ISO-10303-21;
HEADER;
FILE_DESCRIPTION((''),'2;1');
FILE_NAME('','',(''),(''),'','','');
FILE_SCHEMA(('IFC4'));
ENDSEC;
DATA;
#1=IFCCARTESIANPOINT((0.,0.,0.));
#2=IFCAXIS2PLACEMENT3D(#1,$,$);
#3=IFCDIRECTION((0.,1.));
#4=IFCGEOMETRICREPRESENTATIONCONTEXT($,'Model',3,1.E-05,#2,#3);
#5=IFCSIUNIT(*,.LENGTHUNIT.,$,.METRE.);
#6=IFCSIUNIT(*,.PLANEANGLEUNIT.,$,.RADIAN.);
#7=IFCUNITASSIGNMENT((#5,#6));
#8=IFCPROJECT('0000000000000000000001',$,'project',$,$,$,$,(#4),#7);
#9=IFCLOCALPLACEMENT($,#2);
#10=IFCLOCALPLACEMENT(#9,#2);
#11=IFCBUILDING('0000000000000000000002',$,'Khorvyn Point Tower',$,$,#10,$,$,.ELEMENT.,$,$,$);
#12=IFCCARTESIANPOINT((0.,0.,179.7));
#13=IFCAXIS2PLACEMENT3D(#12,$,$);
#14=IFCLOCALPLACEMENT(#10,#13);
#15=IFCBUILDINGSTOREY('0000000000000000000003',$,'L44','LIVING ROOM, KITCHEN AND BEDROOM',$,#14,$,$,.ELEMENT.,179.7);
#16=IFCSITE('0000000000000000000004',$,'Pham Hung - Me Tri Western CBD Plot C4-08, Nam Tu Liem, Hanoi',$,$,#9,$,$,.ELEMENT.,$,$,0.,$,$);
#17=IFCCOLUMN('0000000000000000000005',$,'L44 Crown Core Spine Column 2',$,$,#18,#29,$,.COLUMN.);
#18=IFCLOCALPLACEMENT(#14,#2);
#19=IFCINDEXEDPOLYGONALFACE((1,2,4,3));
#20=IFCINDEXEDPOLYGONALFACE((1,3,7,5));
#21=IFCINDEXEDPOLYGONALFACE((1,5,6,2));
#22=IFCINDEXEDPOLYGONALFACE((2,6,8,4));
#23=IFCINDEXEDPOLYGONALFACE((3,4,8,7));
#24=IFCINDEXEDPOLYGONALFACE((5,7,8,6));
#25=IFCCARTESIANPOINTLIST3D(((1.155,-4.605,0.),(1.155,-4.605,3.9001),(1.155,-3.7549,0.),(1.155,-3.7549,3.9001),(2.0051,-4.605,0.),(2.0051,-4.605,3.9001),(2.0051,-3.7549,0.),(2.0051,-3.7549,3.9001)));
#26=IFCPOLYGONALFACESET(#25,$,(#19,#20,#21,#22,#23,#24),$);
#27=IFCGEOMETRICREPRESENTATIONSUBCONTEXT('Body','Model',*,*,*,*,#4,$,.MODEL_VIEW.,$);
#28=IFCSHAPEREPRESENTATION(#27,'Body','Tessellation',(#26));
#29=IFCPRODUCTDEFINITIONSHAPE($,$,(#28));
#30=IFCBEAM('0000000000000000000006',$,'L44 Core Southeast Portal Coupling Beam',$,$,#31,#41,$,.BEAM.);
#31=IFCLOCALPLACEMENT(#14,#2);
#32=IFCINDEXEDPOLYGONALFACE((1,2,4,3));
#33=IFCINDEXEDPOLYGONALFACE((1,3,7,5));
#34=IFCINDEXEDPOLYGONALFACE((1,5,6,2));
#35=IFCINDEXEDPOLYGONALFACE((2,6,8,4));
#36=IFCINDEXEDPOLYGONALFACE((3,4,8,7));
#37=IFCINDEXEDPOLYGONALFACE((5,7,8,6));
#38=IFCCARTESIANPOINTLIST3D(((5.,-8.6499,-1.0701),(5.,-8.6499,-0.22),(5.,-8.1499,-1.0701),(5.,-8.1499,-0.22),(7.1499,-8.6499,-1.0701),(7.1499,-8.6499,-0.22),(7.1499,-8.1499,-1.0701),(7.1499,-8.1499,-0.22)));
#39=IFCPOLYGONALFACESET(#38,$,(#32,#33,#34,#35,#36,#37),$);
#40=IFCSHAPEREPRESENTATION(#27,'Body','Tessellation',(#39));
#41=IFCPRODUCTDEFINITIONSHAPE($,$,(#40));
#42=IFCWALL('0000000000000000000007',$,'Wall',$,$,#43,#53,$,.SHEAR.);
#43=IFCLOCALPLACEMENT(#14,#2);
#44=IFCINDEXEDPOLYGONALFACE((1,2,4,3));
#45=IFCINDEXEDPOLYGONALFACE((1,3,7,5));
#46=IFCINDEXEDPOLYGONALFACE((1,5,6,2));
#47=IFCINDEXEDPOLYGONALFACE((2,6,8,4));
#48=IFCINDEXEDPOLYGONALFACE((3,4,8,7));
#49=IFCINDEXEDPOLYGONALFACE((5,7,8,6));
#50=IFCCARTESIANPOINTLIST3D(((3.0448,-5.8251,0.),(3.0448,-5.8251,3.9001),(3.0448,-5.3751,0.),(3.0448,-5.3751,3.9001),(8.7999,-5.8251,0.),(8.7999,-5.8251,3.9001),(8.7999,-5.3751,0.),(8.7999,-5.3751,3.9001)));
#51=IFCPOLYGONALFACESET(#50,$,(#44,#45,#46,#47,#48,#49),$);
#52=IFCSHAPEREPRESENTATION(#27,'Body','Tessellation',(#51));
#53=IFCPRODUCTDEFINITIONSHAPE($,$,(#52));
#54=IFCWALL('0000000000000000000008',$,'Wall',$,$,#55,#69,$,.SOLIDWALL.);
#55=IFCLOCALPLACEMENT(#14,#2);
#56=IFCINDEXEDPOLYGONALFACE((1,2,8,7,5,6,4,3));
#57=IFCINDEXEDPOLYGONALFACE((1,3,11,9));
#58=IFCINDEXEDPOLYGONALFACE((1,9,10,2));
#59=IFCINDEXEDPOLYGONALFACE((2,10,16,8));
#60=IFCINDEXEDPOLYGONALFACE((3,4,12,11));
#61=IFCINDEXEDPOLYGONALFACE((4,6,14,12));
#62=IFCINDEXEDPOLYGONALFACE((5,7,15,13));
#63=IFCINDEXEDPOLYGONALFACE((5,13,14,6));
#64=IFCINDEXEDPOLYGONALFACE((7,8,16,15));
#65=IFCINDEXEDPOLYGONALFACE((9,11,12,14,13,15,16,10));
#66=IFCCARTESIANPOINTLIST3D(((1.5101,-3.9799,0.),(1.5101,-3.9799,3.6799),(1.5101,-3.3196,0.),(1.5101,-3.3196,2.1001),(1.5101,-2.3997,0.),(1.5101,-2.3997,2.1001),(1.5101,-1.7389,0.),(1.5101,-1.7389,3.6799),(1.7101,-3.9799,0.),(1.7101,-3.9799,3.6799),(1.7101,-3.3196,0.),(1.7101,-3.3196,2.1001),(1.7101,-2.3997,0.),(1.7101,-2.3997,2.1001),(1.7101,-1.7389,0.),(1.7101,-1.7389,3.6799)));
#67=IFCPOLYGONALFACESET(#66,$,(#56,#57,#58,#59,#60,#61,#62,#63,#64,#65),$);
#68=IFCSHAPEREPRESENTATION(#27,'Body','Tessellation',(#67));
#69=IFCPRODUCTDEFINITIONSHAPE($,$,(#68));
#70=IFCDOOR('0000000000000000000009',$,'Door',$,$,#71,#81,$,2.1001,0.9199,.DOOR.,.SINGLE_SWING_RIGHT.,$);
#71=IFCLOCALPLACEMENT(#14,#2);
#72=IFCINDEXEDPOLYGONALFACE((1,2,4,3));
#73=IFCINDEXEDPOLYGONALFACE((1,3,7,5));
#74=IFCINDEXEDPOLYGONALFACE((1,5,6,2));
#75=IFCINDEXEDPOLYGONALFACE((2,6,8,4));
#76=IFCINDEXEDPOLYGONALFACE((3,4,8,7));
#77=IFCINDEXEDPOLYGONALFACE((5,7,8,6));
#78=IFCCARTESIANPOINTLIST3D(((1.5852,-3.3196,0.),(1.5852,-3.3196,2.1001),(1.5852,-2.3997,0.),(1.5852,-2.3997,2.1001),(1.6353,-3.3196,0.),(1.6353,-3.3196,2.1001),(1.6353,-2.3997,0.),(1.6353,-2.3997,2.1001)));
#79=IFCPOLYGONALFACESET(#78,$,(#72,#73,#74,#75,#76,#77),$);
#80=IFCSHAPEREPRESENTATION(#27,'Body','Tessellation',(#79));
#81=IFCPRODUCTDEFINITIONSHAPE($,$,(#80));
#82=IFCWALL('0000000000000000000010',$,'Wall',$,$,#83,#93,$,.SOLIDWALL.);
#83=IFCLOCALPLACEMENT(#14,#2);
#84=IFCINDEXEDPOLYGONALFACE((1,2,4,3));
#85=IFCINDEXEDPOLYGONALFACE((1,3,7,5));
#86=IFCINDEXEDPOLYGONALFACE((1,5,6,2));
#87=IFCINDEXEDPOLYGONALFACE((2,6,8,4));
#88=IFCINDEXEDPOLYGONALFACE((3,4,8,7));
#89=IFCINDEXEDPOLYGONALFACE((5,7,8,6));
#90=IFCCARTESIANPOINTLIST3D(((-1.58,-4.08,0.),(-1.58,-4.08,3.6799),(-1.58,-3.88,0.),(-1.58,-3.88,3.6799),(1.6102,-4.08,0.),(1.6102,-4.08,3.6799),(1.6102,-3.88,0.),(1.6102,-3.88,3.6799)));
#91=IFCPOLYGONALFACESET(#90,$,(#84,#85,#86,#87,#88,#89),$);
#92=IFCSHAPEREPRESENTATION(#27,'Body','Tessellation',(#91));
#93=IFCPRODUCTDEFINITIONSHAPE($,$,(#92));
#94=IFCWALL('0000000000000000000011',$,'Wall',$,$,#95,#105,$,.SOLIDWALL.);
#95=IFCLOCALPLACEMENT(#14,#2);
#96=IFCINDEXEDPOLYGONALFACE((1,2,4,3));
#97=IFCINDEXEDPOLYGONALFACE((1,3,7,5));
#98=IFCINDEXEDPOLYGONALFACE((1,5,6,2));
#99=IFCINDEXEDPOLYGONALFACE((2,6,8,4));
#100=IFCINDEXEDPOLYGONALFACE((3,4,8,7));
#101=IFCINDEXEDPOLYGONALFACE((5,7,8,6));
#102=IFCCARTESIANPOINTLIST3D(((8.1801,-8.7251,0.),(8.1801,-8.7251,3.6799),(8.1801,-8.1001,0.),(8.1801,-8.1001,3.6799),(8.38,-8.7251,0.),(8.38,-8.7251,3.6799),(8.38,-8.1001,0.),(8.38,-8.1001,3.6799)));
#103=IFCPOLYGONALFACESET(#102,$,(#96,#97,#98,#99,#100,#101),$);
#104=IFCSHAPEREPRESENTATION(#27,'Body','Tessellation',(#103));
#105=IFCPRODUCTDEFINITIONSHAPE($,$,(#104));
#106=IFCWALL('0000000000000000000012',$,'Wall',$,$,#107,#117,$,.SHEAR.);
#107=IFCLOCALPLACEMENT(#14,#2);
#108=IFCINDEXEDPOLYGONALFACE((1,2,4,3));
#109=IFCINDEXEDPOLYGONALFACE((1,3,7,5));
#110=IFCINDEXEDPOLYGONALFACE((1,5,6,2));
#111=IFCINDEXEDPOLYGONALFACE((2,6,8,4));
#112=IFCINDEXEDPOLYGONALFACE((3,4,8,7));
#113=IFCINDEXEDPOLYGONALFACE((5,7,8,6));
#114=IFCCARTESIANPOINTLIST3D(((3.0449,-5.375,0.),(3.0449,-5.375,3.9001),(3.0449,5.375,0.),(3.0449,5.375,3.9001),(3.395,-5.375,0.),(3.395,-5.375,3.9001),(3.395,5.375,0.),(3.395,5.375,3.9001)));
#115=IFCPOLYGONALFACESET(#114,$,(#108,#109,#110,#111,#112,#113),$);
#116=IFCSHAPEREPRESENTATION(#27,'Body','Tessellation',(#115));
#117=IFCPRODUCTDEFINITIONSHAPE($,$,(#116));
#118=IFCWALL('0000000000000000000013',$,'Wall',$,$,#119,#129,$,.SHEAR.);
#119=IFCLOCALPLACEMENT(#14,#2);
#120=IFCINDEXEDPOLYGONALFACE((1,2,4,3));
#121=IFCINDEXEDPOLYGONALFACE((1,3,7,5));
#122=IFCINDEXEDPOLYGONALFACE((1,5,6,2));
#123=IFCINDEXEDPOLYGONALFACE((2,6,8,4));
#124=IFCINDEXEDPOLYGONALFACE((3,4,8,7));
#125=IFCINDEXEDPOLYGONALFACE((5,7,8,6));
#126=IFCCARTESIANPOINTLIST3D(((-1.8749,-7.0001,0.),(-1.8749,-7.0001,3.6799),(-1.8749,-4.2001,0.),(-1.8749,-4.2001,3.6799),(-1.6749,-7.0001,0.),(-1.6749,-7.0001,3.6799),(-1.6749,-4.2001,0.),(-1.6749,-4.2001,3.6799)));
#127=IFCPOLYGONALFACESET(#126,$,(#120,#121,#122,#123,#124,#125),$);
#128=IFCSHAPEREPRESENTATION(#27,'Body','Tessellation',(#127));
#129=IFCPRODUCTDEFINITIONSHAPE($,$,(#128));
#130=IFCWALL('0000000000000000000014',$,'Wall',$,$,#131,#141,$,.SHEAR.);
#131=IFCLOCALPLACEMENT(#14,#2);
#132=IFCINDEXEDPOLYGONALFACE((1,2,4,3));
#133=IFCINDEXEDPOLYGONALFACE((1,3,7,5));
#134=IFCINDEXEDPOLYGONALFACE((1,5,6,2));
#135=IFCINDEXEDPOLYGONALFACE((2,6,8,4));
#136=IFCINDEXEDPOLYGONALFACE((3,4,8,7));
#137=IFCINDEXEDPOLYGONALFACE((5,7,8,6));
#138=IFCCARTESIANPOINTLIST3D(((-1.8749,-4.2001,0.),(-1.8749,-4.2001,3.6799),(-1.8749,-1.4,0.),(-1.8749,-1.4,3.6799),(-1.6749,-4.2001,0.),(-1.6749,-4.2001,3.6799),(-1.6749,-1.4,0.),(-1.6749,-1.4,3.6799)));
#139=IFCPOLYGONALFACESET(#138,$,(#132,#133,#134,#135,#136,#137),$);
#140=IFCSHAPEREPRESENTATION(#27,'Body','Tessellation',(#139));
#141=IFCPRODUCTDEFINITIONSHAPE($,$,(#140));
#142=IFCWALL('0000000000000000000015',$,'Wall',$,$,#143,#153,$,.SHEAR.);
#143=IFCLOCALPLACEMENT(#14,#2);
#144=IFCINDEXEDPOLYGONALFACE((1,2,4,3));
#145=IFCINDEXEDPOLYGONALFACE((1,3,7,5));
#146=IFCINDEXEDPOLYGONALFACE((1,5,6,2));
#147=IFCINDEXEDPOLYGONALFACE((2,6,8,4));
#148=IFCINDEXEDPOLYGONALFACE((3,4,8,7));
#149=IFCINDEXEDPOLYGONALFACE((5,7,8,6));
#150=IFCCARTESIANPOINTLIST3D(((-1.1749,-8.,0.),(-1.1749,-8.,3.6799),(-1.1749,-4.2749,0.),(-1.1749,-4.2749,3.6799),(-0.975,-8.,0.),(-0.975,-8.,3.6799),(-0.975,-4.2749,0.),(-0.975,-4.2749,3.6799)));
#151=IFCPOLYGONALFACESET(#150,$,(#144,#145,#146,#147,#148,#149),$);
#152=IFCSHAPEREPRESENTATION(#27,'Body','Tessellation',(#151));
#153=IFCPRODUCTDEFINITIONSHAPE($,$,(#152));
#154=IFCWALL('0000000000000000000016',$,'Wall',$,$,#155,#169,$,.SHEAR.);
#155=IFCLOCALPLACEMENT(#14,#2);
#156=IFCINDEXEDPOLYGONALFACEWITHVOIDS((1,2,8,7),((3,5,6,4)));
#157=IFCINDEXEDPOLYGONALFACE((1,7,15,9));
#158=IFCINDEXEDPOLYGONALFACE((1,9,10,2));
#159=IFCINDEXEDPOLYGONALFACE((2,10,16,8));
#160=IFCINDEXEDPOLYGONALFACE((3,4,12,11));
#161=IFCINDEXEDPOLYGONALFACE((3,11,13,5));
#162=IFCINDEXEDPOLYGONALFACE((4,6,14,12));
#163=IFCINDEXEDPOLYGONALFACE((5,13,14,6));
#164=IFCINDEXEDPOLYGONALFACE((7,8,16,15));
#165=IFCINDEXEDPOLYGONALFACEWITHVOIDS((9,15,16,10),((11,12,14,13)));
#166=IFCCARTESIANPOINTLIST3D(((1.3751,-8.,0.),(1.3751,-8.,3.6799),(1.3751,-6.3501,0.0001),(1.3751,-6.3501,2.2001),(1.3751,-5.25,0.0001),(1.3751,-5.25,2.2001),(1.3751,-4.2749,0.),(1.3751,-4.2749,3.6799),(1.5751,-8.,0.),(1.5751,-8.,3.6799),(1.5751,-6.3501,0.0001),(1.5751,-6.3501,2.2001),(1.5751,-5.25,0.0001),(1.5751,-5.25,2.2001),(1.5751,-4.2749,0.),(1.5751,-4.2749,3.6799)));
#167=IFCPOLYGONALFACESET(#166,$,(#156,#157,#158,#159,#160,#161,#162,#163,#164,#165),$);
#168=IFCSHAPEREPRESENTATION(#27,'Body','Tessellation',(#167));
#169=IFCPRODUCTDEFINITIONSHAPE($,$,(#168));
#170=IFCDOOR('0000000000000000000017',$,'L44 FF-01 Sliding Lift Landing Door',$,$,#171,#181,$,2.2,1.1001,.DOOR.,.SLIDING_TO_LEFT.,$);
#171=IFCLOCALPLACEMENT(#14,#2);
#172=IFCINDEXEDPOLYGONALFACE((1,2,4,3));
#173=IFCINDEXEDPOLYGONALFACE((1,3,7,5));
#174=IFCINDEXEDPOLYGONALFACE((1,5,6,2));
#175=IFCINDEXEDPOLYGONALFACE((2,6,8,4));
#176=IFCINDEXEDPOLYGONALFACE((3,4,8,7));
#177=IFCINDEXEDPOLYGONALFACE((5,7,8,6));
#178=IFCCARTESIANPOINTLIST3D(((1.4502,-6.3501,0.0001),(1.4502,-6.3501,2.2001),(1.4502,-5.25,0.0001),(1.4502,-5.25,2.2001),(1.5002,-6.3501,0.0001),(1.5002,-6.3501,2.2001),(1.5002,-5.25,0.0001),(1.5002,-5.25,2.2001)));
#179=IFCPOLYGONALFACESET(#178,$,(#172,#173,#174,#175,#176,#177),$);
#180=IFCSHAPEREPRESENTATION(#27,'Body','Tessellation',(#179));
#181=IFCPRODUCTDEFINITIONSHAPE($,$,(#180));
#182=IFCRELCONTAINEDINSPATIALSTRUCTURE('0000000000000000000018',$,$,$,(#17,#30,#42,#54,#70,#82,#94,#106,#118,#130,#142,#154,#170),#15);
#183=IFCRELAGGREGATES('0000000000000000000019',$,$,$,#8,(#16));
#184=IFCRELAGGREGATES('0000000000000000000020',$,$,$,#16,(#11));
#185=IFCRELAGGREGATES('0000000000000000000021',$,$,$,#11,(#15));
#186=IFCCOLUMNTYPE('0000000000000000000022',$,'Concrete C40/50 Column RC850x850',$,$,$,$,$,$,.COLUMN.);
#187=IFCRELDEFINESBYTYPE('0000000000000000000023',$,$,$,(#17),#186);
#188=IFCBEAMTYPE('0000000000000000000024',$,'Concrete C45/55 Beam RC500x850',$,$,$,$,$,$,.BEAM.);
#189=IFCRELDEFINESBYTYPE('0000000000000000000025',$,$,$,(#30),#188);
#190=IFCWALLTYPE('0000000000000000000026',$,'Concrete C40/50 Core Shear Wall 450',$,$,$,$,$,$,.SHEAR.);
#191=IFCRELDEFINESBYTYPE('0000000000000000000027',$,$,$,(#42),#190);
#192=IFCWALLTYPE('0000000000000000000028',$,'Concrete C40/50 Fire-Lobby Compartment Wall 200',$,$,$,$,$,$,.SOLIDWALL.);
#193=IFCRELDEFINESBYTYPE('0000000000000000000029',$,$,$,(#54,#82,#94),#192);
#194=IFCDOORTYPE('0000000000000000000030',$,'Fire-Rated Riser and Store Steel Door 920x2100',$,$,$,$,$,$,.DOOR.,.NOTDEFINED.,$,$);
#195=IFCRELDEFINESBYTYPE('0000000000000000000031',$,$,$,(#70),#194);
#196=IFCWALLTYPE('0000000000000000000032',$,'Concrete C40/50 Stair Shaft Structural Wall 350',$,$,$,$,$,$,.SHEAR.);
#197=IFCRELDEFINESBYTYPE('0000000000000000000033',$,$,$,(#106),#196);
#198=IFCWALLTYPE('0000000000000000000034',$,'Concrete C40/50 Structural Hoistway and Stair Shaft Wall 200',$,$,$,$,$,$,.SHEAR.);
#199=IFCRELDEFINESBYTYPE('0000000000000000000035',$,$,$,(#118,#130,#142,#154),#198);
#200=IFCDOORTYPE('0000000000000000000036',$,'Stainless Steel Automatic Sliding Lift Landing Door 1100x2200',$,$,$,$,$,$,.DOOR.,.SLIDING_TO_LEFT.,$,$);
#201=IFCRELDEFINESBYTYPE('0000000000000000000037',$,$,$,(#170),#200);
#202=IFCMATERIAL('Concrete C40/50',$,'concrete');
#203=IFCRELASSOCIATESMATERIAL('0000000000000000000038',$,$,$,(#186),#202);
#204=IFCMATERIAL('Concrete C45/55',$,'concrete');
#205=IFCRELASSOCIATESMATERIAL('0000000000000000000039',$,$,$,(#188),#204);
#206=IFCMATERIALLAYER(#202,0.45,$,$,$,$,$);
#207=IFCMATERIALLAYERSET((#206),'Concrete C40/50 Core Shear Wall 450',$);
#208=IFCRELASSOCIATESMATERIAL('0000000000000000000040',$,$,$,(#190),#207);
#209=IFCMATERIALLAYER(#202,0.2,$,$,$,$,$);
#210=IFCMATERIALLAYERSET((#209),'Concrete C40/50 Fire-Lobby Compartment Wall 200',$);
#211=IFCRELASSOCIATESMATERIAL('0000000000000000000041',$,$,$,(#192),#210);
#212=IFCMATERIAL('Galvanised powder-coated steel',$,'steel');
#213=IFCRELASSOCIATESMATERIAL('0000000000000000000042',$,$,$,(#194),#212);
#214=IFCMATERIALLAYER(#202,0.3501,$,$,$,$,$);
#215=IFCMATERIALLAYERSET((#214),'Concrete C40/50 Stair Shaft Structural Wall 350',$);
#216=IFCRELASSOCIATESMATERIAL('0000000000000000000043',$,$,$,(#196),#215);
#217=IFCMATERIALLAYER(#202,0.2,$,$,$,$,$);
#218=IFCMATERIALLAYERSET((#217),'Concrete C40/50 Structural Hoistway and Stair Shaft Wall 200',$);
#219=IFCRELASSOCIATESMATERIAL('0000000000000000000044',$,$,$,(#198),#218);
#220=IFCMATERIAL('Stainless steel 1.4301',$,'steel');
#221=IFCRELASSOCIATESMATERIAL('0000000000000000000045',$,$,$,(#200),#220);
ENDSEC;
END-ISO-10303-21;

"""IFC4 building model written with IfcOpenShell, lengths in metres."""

from ifc_helpers import new_model, si_unit, direction, frame, frame_2d, origin, origin_2d, place, context, subcontext, project, spatial, rectangle, extrude, material, layer, layer_set, material_profile, profile_set, type_object, element, fill, save


model = new_model("IFC4")

# Units and contexts
model_context = context("Model", 3, precision=1e-05, world=origin(), true_north=direction((0.0, 1.0)))
body_context = subcontext(model_context, "Body", "Model", "MODEL_VIEW")
ifc_project = project(units=[si_unit("LENGTHUNIT", "METRE"), si_unit("PLANEANGLEUNIT", "RADIAN")], contexts=[model_context])

# Site, building, storey
site_placement = place(None, origin())
site = spatial("IfcSite", under=ifc_project, at=site_placement, Name="Pham Hung - Me Tri Western CBD Plot C4-08, Nam Tu Liem, Hanoi", CompositionType="ELEMENT", RefElevation=0.0)
building_placement = place(site_placement, origin())
building = spatial("IfcBuilding", under=site, at=building_placement, Name="Khorvyn Point Tower", CompositionType="ELEMENT")
storey_placement = place(building_placement, frame((0.0, 0.0, 179.7)))
storey = spatial("IfcBuildingStorey", under=building, at=storey_placement, Name="L44", Description="LIVING ROOM, KITCHEN AND BEDROOM", CompositionType="ELEMENT", Elevation=179.7)

# Column
ifc_material_1 = material(Name="Concrete C40/50", Category="concrete")
ifc_material_profile_1 = material_profile(ifc_material_1, rectangle(XDim=0.8501, YDim=0.8501, at=origin_2d()))
ifc_profile_set_1 = profile_set([ifc_material_profile_1], Name="Concrete C40/50 RC850x850")
column_type = type_object("IfcColumnType", Name="Concrete C40/50 Column RC850x850", PredefinedType="COLUMN", material=ifc_profile_set_1)
column_placement = place(storey_placement, frame((1.5801, -4.1799, 0.0), z_axis=(0.0, 0.0, 1.0), x_axis=(1.0, 0.0, 0.0)))
element("IfcColumn", 1, at=column_placement, inside=storey, type_object=column_type, Name="L44 Crown Core Spine Column 2", PredefinedType="COLUMN", context=body_context, shape_type="SweptSolid", body=[
    extrude(rectangle(XDim=0.8501, YDim=0.8501, at=origin_2d()), origin(), (0.0, 0.0, 1.0), 3.9001),
])

# Beam
ifc_material_2 = material(Name="Concrete C45/55", Category="concrete")
ifc_material_profile_2 = material_profile(ifc_material_2, rectangle(XDim=0.5, YDim=0.8501, at=origin_2d()))
ifc_profile_set_2 = profile_set([ifc_material_profile_2], Name="Concrete C45/55 RC500x850")
beam_type = type_object("IfcBeamType", Name="Concrete C45/55 Beam RC500x850", PredefinedType="BEAM", material=ifc_profile_set_2)
beam_placement = place(storey_placement, frame((5.0, -8.3999, -0.645), z_axis=(1.0, 0.0, 0.0), x_axis=(0.0, 1.0, 0.0)))
element("IfcBeam", 2, at=beam_placement, inside=storey, type_object=beam_type, Name="L44 Core Southeast Portal Coupling Beam", PredefinedType="BEAM", context=body_context, shape_type="SweptSolid", body=[
    extrude(rectangle(XDim=0.5, YDim=0.8501, at=origin_2d()), origin(), (0.0, 0.0, 1.0), 2.1499),
])

# Wall
ifc_layer_1 = layer(ifc_material_1, 0.45)
ifc_layer_set_1 = layer_set([ifc_layer_1], Name="Concrete C40/50 Core Shear Wall 450")
wall_type_1 = type_object("IfcWallType", Name="Concrete C40/50 Core Shear Wall 450", PredefinedType="SHEAR", material=ifc_layer_set_1)
wall_1_placement = place(storey_placement, frame((3.0449, -5.6001, 0.0), z_axis=(0.0, 0.0, 1.0), x_axis=(1.0, 0.0, 0.0)))
element("IfcWall", 3, at=wall_1_placement, inside=storey, type_object=wall_type_1, Name="Wall", PredefinedType="SHEAR", context=body_context, shape_type="SweptSolid", body=[
    extrude(rectangle(XDim=5.7551, YDim=0.45, at=frame_2d((2.8774, 0.0))), origin(), (0.0, 0.0, 1.0), 3.9001),
])

# Wall, opening, door
ifc_layer_2 = layer(ifc_material_1, 0.2)
ifc_layer_set_2 = layer_set([ifc_layer_2], Name="Concrete C40/50 Fire-Lobby Compartment Wall 200")
wall_type_2 = type_object("IfcWallType", Name="Concrete C40/50 Fire-Lobby Compartment Wall 200", PredefinedType="SOLIDWALL", material=ifc_layer_set_2)
ifc_material_3 = material(Name="Galvanised powder-coated steel", Category="steel")
wall_2_placement = place(storey_placement, frame((1.6101, -3.98, 0.0), z_axis=(0.0, 0.0, 1.0), x_axis=(0.0, 1.0, 0.0)))
wall_2 = element("IfcWall", 4, at=wall_2_placement, inside=storey, type_object=wall_type_2, Name="Wall", PredefinedType="SOLIDWALL", context=body_context, shape_type="SweptSolid", body=[
    extrude(rectangle(XDim=2.241, YDim=0.2, at=frame_2d((1.1206, 0.0))), origin(), (0.0, 0.0, 1.0), 3.6799),
])
opening_1_placement = place(wall_2_placement, frame((0.6604, 0.0, 0.0)))
opening_1 = element("IfcOpeningElement", 5, at=opening_1_placement, cuts=wall_2, PredefinedType="OPENING", context=body_context, shape_type="SweptSolid", body=[
    extrude(rectangle(XDim=0.9199, YDim=2.1001, at=frame_2d((0.46, 1.05))), frame((0.0, 0.1099, 0.0), z_axis=(0.0, -1.0, 0.0), x_axis=(1.0, 0.0, 0.0)), (0.0, 0.0, 1.0), 0.22),
])
door_type_1 = type_object("IfcDoorType", Name="Fire-Rated Riser and Store Steel Door 920x2100", OperationType="NOTDEFINED", PredefinedType="DOOR", material=ifc_material_3)
door_1_placement = place(opening_1_placement, origin())
door_1 = element("IfcDoor", 6, at=door_1_placement, inside=storey, type_object=door_type_1, Name="Door", OperationType="SINGLE_SWING_RIGHT", OverallHeight=2.1001, OverallWidth=0.9199, PredefinedType="DOOR", context=body_context, shape_type="SweptSolid", body=[
    extrude(rectangle(XDim=0.9199, YDim=2.1001, at=frame_2d((0.46, 1.05))), frame((0.0, 0.0249, 0.0), z_axis=(0.0, -1.0, 0.0), x_axis=(1.0, 0.0, 0.0)), (0.0, 0.0, 1.0), 0.05),
])
fill(opening_1, door_1)

# Walls
wall_3_placement = place(storey_placement, frame((-1.5801, -3.98, 0.0), z_axis=(0.0, 0.0, 1.0), x_axis=(1.0, 0.0, 0.0)))
element("IfcWall", 7, at=wall_3_placement, inside=storey, type_object=wall_type_2, Name="Wall", PredefinedType="SOLIDWALL", context=body_context, shape_type="SweptSolid", body=[
    extrude(rectangle(XDim=3.1902, YDim=0.2, at=frame_2d((1.5952, 0.0))), origin(), (0.0, 0.0, 1.0), 3.6799),
])
wall_4_placement = place(storey_placement, frame((8.28, -8.7251, 0.0), z_axis=(0.0, 0.0, 1.0), x_axis=(0.0, 1.0, 0.0)))
element("IfcWall", 8, at=wall_4_placement, inside=storey, type_object=wall_type_2, Name="Wall", PredefinedType="SOLIDWALL", context=body_context, shape_type="SweptSolid", body=[
    extrude(rectangle(XDim=0.625, YDim=0.2, at=frame_2d((0.3125, 0.0))), origin(), (0.0, 0.0, 1.0), 3.6799),
])
ifc_layer_3 = layer(ifc_material_1, 0.3501)
ifc_layer_set_3 = layer_set([ifc_layer_3], Name="Concrete C40/50 Stair Shaft Structural Wall 350")
wall_type_3 = type_object("IfcWallType", Name="Concrete C40/50 Stair Shaft Structural Wall 350", PredefinedType="SHEAR", material=ifc_layer_set_3)
wall_5_placement = place(storey_placement, frame((3.22, -5.375, 0.0), z_axis=(0.0, 0.0, 1.0), x_axis=(0.0, 1.0, 0.0)))
element("IfcWall", 9, at=wall_5_placement, inside=storey, type_object=wall_type_3, Name="Wall", PredefinedType="SHEAR", context=body_context, shape_type="SweptSolid", body=[
    extrude(rectangle(XDim=10.75, YDim=0.3501, at=frame_2d((5.375, 0.0))), origin(), (0.0, 0.0, 1.0), 3.9001),
])

# Walls
ifc_layer_4 = layer(ifc_material_1, 0.2)
ifc_layer_set_4 = layer_set([ifc_layer_4], Name="Concrete C40/50 Structural Hoistway and Stair Shaft Wall 200")
wall_type_4 = type_object("IfcWallType", Name="Concrete C40/50 Structural Hoistway and Stair Shaft Wall 200", PredefinedType="SHEAR", material=ifc_layer_set_4)
for number, where, z_axis, x_axis, name in (
    (10, (-1.7749, -7.0, 0.0), (0.0, 0.0, 1.0), (0.0, 1.0, 0.0), "Wall"),
    (11, (-1.7749, -4.2, 0.0), (0.0, 0.0, 1.0), (0.0, 1.0, 0.0), "Wall"),
):
    element("IfcWall", number, at=place(storey_placement, frame(where, z_axis=z_axis, x_axis=x_axis)), inside=storey, type_object=wall_type_4, Name=name, PredefinedType="SHEAR", context=body_context, shape_type="SweptSolid", body=[
        extrude(rectangle(XDim=2.8, YDim=0.2, at=frame_2d((1.3999, 0.0))), origin(), (0.0, 0.0, 1.0), 3.6799),
    ])
wall_6_placement = place(storey_placement, frame((-1.075, -8.0, 0.0), z_axis=(0.0, 0.0, 1.0), x_axis=(0.0, 1.0, 0.0)))
element("IfcWall", 12, at=wall_6_placement, inside=storey, type_object=wall_type_4, Name="Wall", PredefinedType="SHEAR", context=body_context, shape_type="SweptSolid", body=[
    extrude(rectangle(XDim=3.7251, YDim=0.2, at=frame_2d((1.8625, 0.0))), origin(), (0.0, 0.0, 1.0), 3.6799),
])

# Wall, opening, door
wall_7_placement = place(storey_placement, frame((1.4751, -8.0, 0.0), z_axis=(0.0, 0.0, 1.0), x_axis=(0.0, 1.0, 0.0)))
wall_7 = element("IfcWall", 13, at=wall_7_placement, inside=storey, type_object=wall_type_4, Name="Wall", PredefinedType="SHEAR", context=body_context, shape_type="SweptSolid", body=[
    extrude(rectangle(XDim=3.7251, YDim=0.2, at=frame_2d((1.8625, 0.0))), origin(), (0.0, 0.0, 1.0), 3.6799),
])
opening_2_placement = place(wall_7_placement, frame((1.6499, 0.0, 0.0)))
opening_2 = element("IfcOpeningElement", 14, at=opening_2_placement, cuts=wall_7, PredefinedType="OPENING", context=body_context, shape_type="SweptSolid", body=[
    extrude(rectangle(XDim=1.1001, YDim=2.2, at=frame_2d((0.55, 1.1001))), frame((0.0, 0.1099, 0.0), z_axis=(0.0, -1.0, 0.0), x_axis=(1.0, 0.0, 0.0)), (0.0, 0.0, 1.0), 0.22),
])
ifc_material_4 = material(Name="Stainless steel 1.4301", Category="steel")
door_type_2 = type_object("IfcDoorType", Name="Stainless Steel Automatic Sliding Lift Landing Door 1100x2200", OperationType="SLIDING_TO_LEFT", PredefinedType="DOOR", material=ifc_material_4)
door_2_placement = place(opening_2_placement, origin())
door_2 = element("IfcDoor", 15, at=door_2_placement, inside=storey, type_object=door_type_2, Name="L44 FF-01 Sliding Lift Landing Door", OperationType="SLIDING_TO_LEFT", OverallHeight=2.2, OverallWidth=1.1001, PredefinedType="DOOR", context=body_context, shape_type="SweptSolid", body=[
    extrude(rectangle(XDim=1.1001, YDim=2.2, at=frame_2d((0.55, 1.1001))), frame((0.0, 0.0249, 0.0), z_axis=(0.0, -1.0, 0.0), x_axis=(1.0, 0.0, 0.0)), (0.0, 0.0, 1.0), 0.05),
])
fill(opening_2, door_2)

save(model, "model.ifc")
